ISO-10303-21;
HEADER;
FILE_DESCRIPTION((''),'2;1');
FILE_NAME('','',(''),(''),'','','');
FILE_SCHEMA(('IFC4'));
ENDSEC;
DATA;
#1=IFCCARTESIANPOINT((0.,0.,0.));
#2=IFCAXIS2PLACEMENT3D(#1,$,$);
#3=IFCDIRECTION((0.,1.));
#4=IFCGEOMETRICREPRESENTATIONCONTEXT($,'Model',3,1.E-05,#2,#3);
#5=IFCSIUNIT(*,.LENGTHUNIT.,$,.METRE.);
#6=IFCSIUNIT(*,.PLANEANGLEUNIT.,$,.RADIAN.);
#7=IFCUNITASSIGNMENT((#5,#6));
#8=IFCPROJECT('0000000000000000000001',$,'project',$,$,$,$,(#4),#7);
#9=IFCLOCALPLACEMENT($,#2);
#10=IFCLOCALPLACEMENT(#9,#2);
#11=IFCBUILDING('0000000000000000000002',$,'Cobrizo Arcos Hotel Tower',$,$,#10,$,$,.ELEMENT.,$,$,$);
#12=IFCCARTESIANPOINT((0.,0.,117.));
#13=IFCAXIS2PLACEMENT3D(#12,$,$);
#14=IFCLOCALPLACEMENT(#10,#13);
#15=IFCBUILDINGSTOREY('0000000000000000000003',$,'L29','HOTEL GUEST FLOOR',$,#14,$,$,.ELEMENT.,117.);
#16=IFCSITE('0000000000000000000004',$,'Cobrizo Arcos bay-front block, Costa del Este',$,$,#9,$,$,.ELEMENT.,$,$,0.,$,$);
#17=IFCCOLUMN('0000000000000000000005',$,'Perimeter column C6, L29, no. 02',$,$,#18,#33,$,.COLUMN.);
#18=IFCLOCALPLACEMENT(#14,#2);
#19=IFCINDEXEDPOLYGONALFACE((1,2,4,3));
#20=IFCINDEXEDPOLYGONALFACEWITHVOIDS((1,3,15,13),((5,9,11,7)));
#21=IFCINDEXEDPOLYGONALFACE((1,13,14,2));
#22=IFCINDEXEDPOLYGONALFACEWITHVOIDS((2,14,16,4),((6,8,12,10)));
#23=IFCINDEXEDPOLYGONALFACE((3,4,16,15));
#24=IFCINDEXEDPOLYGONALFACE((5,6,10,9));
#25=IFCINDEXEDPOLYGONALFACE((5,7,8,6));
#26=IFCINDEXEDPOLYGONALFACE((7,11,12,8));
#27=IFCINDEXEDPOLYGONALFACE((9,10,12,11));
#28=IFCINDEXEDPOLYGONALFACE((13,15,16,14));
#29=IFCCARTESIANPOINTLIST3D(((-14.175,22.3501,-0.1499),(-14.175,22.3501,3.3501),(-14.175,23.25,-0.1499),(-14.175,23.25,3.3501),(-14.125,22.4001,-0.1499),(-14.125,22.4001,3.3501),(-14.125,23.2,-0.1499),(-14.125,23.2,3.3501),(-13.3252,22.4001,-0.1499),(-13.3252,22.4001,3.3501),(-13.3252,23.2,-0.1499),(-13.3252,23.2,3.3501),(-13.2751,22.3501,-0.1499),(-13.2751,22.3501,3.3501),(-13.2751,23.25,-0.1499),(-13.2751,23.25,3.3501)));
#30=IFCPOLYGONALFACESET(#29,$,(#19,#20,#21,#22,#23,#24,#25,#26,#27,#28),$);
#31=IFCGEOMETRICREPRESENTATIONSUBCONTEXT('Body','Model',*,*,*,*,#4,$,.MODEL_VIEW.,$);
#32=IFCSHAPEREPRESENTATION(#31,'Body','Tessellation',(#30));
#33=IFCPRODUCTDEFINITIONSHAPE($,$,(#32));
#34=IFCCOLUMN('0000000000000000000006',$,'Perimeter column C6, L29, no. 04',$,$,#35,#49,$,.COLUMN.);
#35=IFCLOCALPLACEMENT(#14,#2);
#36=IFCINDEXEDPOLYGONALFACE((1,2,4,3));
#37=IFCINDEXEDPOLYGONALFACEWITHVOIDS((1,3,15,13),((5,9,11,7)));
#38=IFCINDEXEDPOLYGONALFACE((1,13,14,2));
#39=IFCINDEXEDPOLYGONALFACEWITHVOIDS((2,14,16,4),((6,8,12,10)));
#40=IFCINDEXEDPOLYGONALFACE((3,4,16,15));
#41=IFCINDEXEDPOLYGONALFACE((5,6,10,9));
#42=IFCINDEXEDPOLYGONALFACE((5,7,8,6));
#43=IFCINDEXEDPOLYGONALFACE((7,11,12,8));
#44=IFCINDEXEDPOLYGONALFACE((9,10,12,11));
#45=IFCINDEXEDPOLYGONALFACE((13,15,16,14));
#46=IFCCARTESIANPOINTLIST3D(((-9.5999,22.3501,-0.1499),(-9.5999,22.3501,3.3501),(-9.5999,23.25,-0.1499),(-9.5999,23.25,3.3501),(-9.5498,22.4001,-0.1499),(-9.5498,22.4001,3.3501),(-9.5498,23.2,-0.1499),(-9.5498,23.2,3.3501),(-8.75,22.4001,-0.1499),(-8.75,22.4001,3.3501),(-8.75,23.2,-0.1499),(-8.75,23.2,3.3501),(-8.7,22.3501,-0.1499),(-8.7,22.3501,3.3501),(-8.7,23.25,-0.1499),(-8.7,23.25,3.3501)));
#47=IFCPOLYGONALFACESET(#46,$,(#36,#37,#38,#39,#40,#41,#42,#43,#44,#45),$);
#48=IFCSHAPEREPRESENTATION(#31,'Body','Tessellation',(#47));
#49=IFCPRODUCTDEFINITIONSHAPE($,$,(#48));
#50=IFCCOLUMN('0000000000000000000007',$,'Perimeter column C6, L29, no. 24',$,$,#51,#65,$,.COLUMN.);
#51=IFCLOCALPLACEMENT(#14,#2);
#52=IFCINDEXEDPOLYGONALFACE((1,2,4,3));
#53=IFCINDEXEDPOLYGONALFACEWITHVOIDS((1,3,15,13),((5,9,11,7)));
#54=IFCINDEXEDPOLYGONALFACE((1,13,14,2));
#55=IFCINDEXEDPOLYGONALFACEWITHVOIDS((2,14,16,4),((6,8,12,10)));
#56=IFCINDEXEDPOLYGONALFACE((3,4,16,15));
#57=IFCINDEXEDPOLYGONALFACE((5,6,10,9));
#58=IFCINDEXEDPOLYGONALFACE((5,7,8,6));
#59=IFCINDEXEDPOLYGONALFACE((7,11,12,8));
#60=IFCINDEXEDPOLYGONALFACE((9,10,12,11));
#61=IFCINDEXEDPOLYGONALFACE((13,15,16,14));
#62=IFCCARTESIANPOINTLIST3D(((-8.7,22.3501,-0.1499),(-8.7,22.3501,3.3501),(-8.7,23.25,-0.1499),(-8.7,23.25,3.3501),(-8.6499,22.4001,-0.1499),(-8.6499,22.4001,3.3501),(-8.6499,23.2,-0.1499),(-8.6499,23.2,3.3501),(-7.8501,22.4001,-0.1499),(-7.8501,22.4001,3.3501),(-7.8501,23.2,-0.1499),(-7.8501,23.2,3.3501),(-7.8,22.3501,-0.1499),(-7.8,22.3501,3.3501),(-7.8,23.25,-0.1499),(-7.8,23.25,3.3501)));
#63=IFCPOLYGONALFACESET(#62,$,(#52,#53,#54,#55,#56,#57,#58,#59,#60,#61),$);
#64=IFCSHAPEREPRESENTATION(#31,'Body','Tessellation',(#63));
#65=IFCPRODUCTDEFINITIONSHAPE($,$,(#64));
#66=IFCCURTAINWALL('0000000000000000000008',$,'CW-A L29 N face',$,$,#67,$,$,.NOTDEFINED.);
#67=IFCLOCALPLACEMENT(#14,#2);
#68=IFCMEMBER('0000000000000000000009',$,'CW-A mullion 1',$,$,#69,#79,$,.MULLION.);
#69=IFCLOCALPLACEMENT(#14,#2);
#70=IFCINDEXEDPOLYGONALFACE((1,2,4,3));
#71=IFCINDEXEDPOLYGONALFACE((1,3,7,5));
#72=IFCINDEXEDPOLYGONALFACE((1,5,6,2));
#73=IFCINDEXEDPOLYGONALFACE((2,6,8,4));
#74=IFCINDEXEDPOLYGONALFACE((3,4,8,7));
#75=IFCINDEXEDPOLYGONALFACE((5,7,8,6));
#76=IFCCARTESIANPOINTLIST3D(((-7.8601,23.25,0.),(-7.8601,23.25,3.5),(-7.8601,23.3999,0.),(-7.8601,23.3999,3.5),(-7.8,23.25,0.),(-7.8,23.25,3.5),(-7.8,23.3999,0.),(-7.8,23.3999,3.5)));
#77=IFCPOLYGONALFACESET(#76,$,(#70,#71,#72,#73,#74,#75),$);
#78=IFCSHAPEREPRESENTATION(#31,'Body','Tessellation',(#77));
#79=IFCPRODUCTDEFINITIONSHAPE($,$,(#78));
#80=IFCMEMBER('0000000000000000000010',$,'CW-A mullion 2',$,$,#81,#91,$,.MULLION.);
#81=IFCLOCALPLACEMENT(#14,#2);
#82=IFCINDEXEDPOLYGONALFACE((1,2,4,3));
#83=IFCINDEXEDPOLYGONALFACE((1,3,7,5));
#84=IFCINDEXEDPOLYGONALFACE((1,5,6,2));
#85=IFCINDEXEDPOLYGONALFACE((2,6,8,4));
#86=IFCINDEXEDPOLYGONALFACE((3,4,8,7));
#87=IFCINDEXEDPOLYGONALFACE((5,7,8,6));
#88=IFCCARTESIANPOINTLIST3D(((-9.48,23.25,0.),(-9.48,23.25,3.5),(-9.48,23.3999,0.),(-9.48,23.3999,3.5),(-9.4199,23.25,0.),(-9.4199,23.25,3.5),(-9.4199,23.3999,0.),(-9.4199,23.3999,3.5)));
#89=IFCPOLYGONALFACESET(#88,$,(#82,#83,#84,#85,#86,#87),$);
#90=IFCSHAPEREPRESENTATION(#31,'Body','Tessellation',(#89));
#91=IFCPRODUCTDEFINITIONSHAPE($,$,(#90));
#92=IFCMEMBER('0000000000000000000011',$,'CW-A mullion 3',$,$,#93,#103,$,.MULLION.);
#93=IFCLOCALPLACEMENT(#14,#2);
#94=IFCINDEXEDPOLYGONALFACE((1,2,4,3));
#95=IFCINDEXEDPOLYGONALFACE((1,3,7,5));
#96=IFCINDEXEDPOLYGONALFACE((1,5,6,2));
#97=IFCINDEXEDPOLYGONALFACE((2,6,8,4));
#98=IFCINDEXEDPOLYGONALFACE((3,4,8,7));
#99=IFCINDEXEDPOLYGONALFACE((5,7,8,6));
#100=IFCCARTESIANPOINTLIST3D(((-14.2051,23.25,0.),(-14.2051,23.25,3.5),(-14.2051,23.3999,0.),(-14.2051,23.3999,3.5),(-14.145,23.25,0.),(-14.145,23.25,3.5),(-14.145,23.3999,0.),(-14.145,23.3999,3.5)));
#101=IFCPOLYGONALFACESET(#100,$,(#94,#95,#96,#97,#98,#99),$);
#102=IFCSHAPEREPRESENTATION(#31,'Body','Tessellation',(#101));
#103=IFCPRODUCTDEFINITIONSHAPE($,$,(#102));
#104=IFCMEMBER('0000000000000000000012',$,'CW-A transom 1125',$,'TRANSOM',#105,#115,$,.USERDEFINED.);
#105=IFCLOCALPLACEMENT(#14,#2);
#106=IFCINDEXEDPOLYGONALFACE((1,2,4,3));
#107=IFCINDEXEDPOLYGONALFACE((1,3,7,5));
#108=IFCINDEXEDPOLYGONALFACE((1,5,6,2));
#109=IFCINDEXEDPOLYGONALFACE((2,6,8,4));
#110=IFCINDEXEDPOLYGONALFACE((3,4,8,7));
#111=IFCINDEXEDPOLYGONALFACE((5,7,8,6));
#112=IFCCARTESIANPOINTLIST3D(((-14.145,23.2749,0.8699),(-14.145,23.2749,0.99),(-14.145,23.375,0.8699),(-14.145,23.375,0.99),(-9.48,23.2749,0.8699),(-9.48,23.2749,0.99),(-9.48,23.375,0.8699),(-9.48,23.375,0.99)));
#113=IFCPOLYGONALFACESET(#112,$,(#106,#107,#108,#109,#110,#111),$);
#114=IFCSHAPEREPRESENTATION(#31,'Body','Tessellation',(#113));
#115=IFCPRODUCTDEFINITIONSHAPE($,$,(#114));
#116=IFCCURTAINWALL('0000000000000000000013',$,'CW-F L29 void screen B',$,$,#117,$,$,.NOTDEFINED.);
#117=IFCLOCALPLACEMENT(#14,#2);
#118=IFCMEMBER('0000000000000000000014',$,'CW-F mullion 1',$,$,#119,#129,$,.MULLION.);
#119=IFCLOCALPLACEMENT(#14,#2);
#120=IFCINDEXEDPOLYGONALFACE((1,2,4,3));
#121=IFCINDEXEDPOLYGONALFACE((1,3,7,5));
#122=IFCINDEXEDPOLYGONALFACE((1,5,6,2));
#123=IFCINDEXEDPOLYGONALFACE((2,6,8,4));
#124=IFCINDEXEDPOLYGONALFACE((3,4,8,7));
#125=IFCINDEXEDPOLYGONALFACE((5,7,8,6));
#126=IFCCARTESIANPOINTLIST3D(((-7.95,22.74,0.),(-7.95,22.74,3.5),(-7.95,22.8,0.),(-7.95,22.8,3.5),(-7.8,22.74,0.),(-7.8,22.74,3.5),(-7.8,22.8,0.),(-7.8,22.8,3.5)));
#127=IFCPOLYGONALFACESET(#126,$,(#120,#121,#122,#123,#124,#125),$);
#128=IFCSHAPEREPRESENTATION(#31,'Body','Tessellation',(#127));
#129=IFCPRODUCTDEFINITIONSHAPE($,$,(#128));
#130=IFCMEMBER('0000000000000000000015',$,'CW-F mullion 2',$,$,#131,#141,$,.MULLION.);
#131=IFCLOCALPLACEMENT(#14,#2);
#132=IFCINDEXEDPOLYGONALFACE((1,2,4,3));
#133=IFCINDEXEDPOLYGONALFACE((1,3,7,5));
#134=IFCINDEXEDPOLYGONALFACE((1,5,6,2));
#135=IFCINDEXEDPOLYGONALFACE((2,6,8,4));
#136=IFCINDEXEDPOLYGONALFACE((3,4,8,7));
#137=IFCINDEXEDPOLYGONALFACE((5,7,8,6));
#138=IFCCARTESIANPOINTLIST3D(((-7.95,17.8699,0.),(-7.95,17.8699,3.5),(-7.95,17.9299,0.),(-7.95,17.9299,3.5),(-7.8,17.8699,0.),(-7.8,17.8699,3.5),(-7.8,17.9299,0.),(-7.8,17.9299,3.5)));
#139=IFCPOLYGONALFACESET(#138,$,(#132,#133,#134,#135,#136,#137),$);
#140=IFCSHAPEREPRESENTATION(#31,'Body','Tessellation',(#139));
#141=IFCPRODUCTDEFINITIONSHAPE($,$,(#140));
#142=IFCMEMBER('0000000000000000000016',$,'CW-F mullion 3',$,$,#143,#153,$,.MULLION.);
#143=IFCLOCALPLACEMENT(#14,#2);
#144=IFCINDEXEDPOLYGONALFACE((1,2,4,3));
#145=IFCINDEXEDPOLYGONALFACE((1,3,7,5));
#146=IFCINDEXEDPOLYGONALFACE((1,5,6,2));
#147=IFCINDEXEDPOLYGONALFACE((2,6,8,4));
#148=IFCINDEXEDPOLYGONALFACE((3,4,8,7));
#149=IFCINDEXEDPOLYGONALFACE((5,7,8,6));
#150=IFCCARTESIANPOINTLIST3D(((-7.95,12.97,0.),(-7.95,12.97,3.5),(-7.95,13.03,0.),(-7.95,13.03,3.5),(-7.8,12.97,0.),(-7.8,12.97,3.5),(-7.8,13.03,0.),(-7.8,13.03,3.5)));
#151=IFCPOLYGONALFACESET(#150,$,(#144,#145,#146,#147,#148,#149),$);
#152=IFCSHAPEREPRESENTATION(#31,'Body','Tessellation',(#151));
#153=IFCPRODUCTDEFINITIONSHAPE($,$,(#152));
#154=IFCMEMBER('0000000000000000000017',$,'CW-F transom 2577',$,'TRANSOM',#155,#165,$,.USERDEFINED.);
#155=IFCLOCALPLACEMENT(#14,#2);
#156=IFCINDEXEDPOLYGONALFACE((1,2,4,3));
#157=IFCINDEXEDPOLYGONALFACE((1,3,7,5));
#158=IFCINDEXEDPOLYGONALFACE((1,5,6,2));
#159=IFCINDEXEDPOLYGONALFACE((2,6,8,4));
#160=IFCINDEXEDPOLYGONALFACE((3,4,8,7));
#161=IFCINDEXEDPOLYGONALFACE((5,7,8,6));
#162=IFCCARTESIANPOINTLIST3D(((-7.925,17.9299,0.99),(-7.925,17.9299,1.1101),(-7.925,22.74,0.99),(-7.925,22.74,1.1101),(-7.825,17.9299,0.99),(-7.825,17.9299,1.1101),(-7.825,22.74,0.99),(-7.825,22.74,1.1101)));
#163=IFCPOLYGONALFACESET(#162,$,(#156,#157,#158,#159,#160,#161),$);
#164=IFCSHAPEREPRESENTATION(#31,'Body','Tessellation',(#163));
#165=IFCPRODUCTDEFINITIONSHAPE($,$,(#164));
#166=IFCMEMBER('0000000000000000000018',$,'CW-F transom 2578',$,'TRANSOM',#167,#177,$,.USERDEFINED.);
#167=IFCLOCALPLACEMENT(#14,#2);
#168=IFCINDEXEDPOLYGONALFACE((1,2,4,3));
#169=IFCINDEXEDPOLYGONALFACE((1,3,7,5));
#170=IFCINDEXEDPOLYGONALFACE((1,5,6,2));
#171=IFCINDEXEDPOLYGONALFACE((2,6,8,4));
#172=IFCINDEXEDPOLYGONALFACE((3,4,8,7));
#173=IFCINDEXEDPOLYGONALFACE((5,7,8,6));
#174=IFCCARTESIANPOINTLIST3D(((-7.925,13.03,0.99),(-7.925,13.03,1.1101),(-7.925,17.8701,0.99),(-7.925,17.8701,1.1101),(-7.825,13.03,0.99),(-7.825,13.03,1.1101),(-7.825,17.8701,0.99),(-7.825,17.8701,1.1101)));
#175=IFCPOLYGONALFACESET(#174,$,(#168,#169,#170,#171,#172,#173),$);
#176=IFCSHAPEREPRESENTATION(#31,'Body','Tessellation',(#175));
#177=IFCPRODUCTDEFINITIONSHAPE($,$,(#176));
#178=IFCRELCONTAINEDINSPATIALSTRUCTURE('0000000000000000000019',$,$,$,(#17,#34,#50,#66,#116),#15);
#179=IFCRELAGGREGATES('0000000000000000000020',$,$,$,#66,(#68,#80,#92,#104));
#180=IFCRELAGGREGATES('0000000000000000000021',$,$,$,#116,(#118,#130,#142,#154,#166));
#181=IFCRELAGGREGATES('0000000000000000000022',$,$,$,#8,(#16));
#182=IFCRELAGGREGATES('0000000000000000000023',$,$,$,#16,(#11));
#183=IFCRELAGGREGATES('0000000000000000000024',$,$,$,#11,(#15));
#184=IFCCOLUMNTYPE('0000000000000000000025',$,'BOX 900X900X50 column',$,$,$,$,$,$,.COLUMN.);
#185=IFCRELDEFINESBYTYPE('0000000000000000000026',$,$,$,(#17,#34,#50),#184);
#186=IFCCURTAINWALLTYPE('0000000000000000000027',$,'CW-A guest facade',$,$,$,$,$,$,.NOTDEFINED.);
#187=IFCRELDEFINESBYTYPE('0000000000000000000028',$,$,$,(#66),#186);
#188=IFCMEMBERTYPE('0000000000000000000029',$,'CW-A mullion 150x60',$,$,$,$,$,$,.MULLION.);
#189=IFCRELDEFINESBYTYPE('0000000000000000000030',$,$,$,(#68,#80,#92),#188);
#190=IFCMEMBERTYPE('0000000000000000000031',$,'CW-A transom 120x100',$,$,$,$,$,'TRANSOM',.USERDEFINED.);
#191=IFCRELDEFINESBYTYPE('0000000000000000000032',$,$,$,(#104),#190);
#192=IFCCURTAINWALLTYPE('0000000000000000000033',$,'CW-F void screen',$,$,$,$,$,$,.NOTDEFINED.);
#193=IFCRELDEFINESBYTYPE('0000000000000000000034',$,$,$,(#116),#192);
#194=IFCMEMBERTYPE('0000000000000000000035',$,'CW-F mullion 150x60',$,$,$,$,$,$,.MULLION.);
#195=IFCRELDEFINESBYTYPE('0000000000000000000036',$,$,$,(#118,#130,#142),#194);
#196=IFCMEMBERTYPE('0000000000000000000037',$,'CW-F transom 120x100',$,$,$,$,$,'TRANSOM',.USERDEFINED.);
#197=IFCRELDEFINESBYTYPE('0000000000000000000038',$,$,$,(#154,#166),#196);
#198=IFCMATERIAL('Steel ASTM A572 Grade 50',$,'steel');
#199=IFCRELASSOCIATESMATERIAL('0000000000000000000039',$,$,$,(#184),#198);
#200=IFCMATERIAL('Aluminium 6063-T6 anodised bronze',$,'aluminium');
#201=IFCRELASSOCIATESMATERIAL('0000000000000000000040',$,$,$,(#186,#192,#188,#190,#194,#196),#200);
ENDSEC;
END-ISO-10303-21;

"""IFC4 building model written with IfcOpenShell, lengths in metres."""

from ifc_helpers import new_model, si_unit, direction, frame, origin, origin_2d, place, context, subcontext, project, spatial, rectangle, hollow_rectangle, extrude, material, material_profile, profile_set, type_object, element, aggregate, save


model = new_model("IFC4")

# Units and contexts
model_context = context("Model", 3, precision=1e-05, world=origin(), true_north=direction((0.0, 1.0)))
body_context = subcontext(model_context, "Body", "Model", "MODEL_VIEW")
ifc_project = project(units=[si_unit("LENGTHUNIT", "METRE"), si_unit("PLANEANGLEUNIT", "RADIAN")], contexts=[model_context])

# Site, building, storey
site_placement = place(None, origin())
site = spatial("IfcSite", under=ifc_project, at=site_placement, Name="Cobrizo Arcos bay-front block, Costa del Este", CompositionType="ELEMENT", RefElevation=0.0)
building_placement = place(site_placement, origin())
building = spatial("IfcBuilding", under=site, at=building_placement, Name="Cobrizo Arcos Hotel Tower", CompositionType="ELEMENT")
storey_placement = place(building_placement, frame((0.0, 0.0, 117.0)))
storey = spatial("IfcBuildingStorey", under=building, at=storey_placement, Name="L29", Description="HOTEL GUEST FLOOR", CompositionType="ELEMENT", Elevation=117.0)

# Columns
ifc_material_1 = material(Name="Steel ASTM A572 Grade 50", Category="steel")
ifc_material_profile_1 = material_profile(ifc_material_1, hollow_rectangle(XDim=0.8999, YDim=0.8999, WallThickness=0.05, at=origin_2d()), Name="BOX 900X900X50")
ifc_profile_set_1 = profile_set([ifc_material_profile_1], Name="Steel ASTM A572 Grade 50")
column_type = type_object("IfcColumnType", Name="BOX 900X900X50 column", PredefinedType="COLUMN", material=ifc_profile_set_1)
for number, where, z_axis, x_axis, name in (
    (1, (-13.7251, 22.8, -0.1499), (0.0, 0.0, 1.0), (1.0, 0.0, 0.0), "Perimeter column C6, L29, no. 02"),
    (2, (-9.1499, 22.8, -0.1499), (0.0, 0.0, 1.0), (1.0, 0.0, 0.0), "Perimeter column C6, L29, no. 04"),
    (3, (-8.25, 22.8, -0.1499), (0.0, 0.0, 1.0), (1.0, 0.0, 0.0), "Perimeter column C6, L29, no. 24"),
):
    element("IfcColumn", number, at=place(storey_placement, frame(where, z_axis=z_axis, x_axis=x_axis)), inside=storey, type_object=column_type, Name=name, PredefinedType="COLUMN", context=body_context, shape_type="SweptSolid", body=[
        extrude(hollow_rectangle(XDim=0.8999, YDim=0.8999, WallThickness=0.05, at=origin_2d()), origin(), (0.0, 0.0, 1.0), 3.5),
    ])

# Curtain walls, members
ifc_material_2 = material(Name="Aluminium 6063-T6 anodised bronze", Category="aluminium")
curtain_wall_type_1 = type_object("IfcCurtainWallType", Name="CW-A guest facade", PredefinedType="NOTDEFINED", material=ifc_material_2)
curtain_wall_1_placement = place(storey_placement, origin())
curtain_wall_1 = element("IfcCurtainWall", 4, at=curtain_wall_1_placement, inside=storey, type_object=curtain_wall_type_1, Name="CW-A L29 N face", PredefinedType="NOTDEFINED")
ifc_material_profile_2 = material_profile(ifc_material_2, rectangle(XDim=0.1499, YDim=0.0601, at=origin_2d()), Name="CW-A mullion 150x60")
ifc_profile_set_2 = profile_set([ifc_material_profile_2], Name="Aluminium 6063-T6 anodised bronze")
member_type_1 = type_object("IfcMemberType", Name="CW-A mullion 150x60", PredefinedType="MULLION", material=ifc_profile_set_2)
member_1_placement = place(storey_placement, frame((-7.8301, 23.325, 0.0), z_axis=(0.0, 0.0, 1.0), x_axis=(0.0, 1.0, 0.0)))
member_1 = element("IfcMember", 5, at=member_1_placement, type_object=member_type_1, Name="CW-A mullion 1", PredefinedType="MULLION", context=body_context, shape_type="SweptSolid", body=[
    extrude(rectangle(XDim=0.1499, YDim=0.0601, at=origin_2d()), origin(), (0.0, 0.0, 1.0), 3.5),
])
member_2_placement = place(storey_placement, frame((-9.45, 23.325, 0.0), z_axis=(0.0, 0.0, 1.0), x_axis=(0.0, 1.0, 0.0)))
member_2 = element("IfcMember", 6, at=member_2_placement, type_object=member_type_1, Name="CW-A mullion 2", PredefinedType="MULLION", context=body_context, shape_type="SweptSolid", body=[
    extrude(rectangle(XDim=0.1499, YDim=0.0601, at=origin_2d()), origin(), (0.0, 0.0, 1.0), 3.5),
])
member_3_placement = place(storey_placement, frame((-14.175, 23.325, 0.0), z_axis=(0.0, 0.0, 1.0), x_axis=(0.0, 1.0, 0.0)))
member_3 = element("IfcMember", 7, at=member_3_placement, type_object=member_type_1, Name="CW-A mullion 3", PredefinedType="MULLION", context=body_context, shape_type="SweptSolid", body=[
    extrude(rectangle(XDim=0.1499, YDim=0.0601, at=origin_2d()), origin(), (0.0, 0.0, 1.0), 3.5),
])
ifc_material_profile_3 = material_profile(ifc_material_2, rectangle(XDim=0.1001, YDim=0.1201, at=origin_2d()), Name="CW-A transom 120x100")
ifc_profile_set_3 = profile_set([ifc_material_profile_3], Name="Aluminium 6063-T6 anodised bronze")
member_type_2 = type_object("IfcMemberType", Name="CW-A transom 120x100", ElementType="TRANSOM", PredefinedType="USERDEFINED", material=ifc_profile_set_3)
member_4_placement = place(storey_placement, frame((-9.48, 23.325, 0.9299), z_axis=(-1.0, 0.0, 0.0), x_axis=(0.0, -1.0, 0.0)))
member_4 = element("IfcMember", 8, at=member_4_placement, type_object=member_type_2, Name="CW-A transom 1125", ObjectType="TRANSOM", PredefinedType="USERDEFINED", context=body_context, shape_type="SweptSolid", body=[
    extrude(rectangle(XDim=0.1001, YDim=0.1201, at=origin_2d()), origin(), (0.0, 0.0, 1.0), 4.665),
])
curtain_wall_type_2 = type_object("IfcCurtainWallType", Name="CW-F void screen", PredefinedType="NOTDEFINED", material=ifc_material_2)
curtain_wall_2_placement = place(storey_placement, origin())
curtain_wall_2 = element("IfcCurtainWall", 9, at=curtain_wall_2_placement, inside=storey, type_object=curtain_wall_type_2, Name="CW-F L29 void screen B", PredefinedType="NOTDEFINED")
ifc_material_profile_4 = material_profile(ifc_material_2, rectangle(XDim=0.1499, YDim=0.0601, at=origin_2d()), Name="CW-F mullion 150x60")
ifc_profile_set_4 = profile_set([ifc_material_profile_4], Name="Aluminium 6063-T6 anodised bronze")
member_type_3 = type_object("IfcMemberType", Name="CW-F mullion 150x60", PredefinedType="MULLION", material=ifc_profile_set_4)
member_5_placement = place(storey_placement, frame((-7.875, 22.77, 0.0), z_axis=(0.0, 0.0, 1.0), x_axis=(-1.0, 0.0, 0.0)))
member_5 = element("IfcMember", 10, at=member_5_placement, type_object=member_type_3, Name="CW-F mullion 1", PredefinedType="MULLION", context=body_context, shape_type="SweptSolid", body=[
    extrude(rectangle(XDim=0.1499, YDim=0.0601, at=origin_2d()), origin(), (0.0, 0.0, 1.0), 3.5),
])
member_6_placement = place(storey_placement, frame((-7.875, 17.8999, 0.0), z_axis=(0.0, 0.0, 1.0), x_axis=(-1.0, 0.0, 0.0)))
member_6 = element("IfcMember", 11, at=member_6_placement, type_object=member_type_3, Name="CW-F mullion 2", PredefinedType="MULLION", context=body_context, shape_type="SweptSolid", body=[
    extrude(rectangle(XDim=0.1499, YDim=0.0601, at=origin_2d()), origin(), (0.0, 0.0, 1.0), 3.5),
])
member_7_placement = place(storey_placement, frame((-7.875, 13.0, 0.0), z_axis=(0.0, 0.0, 1.0), x_axis=(-1.0, 0.0, 0.0)))
member_7 = element("IfcMember", 12, at=member_7_placement, type_object=member_type_3, Name="CW-F mullion 3", PredefinedType="MULLION", context=body_context, shape_type="SweptSolid", body=[
    extrude(rectangle(XDim=0.1499, YDim=0.0601, at=origin_2d()), origin(), (0.0, 0.0, 1.0), 3.5),
])
ifc_material_profile_5 = material_profile(ifc_material_2, rectangle(XDim=0.1001, YDim=0.1201, at=origin_2d()), Name="CW-F transom 120x100")
ifc_profile_set_5 = profile_set([ifc_material_profile_5], Name="Aluminium 6063-T6 anodised bronze")
member_type_4 = type_object("IfcMemberType", Name="CW-F transom 120x100", ElementType="TRANSOM", PredefinedType="USERDEFINED", material=ifc_profile_set_5)
member_8_placement = place(storey_placement, frame((-7.875, 22.74, 1.05), z_axis=(0.0, -1.0, 0.0), x_axis=(1.0, 0.0, 0.0)))
member_8 = element("IfcMember", 13, at=member_8_placement, type_object=member_type_4, Name="CW-F transom 2577", ObjectType="TRANSOM", PredefinedType="USERDEFINED", context=body_context, shape_type="SweptSolid", body=[
    extrude(rectangle(XDim=0.1001, YDim=0.1201, at=origin_2d()), origin(), (0.0, 0.0, 1.0), 4.8101),
])
member_9_placement = place(storey_placement, frame((-7.875, 17.8701, 1.05), z_axis=(0.0, -1.0, 0.0), x_axis=(1.0, 0.0, 0.0)))
member_9 = element("IfcMember", 14, at=member_9_placement, type_object=member_type_4, Name="CW-F transom 2578", ObjectType="TRANSOM", PredefinedType="USERDEFINED", context=body_context, shape_type="SweptSolid", body=[
    extrude(rectangle(XDim=0.1001, YDim=0.1201, at=origin_2d()), origin(), (0.0, 0.0, 1.0), 4.8401),
])

aggregate(curtain_wall_1, [member_1, member_2, member_3, member_4])
aggregate(curtain_wall_2, [member_5, member_6, member_7, member_8, member_9])

save(model, "model.ifc")
